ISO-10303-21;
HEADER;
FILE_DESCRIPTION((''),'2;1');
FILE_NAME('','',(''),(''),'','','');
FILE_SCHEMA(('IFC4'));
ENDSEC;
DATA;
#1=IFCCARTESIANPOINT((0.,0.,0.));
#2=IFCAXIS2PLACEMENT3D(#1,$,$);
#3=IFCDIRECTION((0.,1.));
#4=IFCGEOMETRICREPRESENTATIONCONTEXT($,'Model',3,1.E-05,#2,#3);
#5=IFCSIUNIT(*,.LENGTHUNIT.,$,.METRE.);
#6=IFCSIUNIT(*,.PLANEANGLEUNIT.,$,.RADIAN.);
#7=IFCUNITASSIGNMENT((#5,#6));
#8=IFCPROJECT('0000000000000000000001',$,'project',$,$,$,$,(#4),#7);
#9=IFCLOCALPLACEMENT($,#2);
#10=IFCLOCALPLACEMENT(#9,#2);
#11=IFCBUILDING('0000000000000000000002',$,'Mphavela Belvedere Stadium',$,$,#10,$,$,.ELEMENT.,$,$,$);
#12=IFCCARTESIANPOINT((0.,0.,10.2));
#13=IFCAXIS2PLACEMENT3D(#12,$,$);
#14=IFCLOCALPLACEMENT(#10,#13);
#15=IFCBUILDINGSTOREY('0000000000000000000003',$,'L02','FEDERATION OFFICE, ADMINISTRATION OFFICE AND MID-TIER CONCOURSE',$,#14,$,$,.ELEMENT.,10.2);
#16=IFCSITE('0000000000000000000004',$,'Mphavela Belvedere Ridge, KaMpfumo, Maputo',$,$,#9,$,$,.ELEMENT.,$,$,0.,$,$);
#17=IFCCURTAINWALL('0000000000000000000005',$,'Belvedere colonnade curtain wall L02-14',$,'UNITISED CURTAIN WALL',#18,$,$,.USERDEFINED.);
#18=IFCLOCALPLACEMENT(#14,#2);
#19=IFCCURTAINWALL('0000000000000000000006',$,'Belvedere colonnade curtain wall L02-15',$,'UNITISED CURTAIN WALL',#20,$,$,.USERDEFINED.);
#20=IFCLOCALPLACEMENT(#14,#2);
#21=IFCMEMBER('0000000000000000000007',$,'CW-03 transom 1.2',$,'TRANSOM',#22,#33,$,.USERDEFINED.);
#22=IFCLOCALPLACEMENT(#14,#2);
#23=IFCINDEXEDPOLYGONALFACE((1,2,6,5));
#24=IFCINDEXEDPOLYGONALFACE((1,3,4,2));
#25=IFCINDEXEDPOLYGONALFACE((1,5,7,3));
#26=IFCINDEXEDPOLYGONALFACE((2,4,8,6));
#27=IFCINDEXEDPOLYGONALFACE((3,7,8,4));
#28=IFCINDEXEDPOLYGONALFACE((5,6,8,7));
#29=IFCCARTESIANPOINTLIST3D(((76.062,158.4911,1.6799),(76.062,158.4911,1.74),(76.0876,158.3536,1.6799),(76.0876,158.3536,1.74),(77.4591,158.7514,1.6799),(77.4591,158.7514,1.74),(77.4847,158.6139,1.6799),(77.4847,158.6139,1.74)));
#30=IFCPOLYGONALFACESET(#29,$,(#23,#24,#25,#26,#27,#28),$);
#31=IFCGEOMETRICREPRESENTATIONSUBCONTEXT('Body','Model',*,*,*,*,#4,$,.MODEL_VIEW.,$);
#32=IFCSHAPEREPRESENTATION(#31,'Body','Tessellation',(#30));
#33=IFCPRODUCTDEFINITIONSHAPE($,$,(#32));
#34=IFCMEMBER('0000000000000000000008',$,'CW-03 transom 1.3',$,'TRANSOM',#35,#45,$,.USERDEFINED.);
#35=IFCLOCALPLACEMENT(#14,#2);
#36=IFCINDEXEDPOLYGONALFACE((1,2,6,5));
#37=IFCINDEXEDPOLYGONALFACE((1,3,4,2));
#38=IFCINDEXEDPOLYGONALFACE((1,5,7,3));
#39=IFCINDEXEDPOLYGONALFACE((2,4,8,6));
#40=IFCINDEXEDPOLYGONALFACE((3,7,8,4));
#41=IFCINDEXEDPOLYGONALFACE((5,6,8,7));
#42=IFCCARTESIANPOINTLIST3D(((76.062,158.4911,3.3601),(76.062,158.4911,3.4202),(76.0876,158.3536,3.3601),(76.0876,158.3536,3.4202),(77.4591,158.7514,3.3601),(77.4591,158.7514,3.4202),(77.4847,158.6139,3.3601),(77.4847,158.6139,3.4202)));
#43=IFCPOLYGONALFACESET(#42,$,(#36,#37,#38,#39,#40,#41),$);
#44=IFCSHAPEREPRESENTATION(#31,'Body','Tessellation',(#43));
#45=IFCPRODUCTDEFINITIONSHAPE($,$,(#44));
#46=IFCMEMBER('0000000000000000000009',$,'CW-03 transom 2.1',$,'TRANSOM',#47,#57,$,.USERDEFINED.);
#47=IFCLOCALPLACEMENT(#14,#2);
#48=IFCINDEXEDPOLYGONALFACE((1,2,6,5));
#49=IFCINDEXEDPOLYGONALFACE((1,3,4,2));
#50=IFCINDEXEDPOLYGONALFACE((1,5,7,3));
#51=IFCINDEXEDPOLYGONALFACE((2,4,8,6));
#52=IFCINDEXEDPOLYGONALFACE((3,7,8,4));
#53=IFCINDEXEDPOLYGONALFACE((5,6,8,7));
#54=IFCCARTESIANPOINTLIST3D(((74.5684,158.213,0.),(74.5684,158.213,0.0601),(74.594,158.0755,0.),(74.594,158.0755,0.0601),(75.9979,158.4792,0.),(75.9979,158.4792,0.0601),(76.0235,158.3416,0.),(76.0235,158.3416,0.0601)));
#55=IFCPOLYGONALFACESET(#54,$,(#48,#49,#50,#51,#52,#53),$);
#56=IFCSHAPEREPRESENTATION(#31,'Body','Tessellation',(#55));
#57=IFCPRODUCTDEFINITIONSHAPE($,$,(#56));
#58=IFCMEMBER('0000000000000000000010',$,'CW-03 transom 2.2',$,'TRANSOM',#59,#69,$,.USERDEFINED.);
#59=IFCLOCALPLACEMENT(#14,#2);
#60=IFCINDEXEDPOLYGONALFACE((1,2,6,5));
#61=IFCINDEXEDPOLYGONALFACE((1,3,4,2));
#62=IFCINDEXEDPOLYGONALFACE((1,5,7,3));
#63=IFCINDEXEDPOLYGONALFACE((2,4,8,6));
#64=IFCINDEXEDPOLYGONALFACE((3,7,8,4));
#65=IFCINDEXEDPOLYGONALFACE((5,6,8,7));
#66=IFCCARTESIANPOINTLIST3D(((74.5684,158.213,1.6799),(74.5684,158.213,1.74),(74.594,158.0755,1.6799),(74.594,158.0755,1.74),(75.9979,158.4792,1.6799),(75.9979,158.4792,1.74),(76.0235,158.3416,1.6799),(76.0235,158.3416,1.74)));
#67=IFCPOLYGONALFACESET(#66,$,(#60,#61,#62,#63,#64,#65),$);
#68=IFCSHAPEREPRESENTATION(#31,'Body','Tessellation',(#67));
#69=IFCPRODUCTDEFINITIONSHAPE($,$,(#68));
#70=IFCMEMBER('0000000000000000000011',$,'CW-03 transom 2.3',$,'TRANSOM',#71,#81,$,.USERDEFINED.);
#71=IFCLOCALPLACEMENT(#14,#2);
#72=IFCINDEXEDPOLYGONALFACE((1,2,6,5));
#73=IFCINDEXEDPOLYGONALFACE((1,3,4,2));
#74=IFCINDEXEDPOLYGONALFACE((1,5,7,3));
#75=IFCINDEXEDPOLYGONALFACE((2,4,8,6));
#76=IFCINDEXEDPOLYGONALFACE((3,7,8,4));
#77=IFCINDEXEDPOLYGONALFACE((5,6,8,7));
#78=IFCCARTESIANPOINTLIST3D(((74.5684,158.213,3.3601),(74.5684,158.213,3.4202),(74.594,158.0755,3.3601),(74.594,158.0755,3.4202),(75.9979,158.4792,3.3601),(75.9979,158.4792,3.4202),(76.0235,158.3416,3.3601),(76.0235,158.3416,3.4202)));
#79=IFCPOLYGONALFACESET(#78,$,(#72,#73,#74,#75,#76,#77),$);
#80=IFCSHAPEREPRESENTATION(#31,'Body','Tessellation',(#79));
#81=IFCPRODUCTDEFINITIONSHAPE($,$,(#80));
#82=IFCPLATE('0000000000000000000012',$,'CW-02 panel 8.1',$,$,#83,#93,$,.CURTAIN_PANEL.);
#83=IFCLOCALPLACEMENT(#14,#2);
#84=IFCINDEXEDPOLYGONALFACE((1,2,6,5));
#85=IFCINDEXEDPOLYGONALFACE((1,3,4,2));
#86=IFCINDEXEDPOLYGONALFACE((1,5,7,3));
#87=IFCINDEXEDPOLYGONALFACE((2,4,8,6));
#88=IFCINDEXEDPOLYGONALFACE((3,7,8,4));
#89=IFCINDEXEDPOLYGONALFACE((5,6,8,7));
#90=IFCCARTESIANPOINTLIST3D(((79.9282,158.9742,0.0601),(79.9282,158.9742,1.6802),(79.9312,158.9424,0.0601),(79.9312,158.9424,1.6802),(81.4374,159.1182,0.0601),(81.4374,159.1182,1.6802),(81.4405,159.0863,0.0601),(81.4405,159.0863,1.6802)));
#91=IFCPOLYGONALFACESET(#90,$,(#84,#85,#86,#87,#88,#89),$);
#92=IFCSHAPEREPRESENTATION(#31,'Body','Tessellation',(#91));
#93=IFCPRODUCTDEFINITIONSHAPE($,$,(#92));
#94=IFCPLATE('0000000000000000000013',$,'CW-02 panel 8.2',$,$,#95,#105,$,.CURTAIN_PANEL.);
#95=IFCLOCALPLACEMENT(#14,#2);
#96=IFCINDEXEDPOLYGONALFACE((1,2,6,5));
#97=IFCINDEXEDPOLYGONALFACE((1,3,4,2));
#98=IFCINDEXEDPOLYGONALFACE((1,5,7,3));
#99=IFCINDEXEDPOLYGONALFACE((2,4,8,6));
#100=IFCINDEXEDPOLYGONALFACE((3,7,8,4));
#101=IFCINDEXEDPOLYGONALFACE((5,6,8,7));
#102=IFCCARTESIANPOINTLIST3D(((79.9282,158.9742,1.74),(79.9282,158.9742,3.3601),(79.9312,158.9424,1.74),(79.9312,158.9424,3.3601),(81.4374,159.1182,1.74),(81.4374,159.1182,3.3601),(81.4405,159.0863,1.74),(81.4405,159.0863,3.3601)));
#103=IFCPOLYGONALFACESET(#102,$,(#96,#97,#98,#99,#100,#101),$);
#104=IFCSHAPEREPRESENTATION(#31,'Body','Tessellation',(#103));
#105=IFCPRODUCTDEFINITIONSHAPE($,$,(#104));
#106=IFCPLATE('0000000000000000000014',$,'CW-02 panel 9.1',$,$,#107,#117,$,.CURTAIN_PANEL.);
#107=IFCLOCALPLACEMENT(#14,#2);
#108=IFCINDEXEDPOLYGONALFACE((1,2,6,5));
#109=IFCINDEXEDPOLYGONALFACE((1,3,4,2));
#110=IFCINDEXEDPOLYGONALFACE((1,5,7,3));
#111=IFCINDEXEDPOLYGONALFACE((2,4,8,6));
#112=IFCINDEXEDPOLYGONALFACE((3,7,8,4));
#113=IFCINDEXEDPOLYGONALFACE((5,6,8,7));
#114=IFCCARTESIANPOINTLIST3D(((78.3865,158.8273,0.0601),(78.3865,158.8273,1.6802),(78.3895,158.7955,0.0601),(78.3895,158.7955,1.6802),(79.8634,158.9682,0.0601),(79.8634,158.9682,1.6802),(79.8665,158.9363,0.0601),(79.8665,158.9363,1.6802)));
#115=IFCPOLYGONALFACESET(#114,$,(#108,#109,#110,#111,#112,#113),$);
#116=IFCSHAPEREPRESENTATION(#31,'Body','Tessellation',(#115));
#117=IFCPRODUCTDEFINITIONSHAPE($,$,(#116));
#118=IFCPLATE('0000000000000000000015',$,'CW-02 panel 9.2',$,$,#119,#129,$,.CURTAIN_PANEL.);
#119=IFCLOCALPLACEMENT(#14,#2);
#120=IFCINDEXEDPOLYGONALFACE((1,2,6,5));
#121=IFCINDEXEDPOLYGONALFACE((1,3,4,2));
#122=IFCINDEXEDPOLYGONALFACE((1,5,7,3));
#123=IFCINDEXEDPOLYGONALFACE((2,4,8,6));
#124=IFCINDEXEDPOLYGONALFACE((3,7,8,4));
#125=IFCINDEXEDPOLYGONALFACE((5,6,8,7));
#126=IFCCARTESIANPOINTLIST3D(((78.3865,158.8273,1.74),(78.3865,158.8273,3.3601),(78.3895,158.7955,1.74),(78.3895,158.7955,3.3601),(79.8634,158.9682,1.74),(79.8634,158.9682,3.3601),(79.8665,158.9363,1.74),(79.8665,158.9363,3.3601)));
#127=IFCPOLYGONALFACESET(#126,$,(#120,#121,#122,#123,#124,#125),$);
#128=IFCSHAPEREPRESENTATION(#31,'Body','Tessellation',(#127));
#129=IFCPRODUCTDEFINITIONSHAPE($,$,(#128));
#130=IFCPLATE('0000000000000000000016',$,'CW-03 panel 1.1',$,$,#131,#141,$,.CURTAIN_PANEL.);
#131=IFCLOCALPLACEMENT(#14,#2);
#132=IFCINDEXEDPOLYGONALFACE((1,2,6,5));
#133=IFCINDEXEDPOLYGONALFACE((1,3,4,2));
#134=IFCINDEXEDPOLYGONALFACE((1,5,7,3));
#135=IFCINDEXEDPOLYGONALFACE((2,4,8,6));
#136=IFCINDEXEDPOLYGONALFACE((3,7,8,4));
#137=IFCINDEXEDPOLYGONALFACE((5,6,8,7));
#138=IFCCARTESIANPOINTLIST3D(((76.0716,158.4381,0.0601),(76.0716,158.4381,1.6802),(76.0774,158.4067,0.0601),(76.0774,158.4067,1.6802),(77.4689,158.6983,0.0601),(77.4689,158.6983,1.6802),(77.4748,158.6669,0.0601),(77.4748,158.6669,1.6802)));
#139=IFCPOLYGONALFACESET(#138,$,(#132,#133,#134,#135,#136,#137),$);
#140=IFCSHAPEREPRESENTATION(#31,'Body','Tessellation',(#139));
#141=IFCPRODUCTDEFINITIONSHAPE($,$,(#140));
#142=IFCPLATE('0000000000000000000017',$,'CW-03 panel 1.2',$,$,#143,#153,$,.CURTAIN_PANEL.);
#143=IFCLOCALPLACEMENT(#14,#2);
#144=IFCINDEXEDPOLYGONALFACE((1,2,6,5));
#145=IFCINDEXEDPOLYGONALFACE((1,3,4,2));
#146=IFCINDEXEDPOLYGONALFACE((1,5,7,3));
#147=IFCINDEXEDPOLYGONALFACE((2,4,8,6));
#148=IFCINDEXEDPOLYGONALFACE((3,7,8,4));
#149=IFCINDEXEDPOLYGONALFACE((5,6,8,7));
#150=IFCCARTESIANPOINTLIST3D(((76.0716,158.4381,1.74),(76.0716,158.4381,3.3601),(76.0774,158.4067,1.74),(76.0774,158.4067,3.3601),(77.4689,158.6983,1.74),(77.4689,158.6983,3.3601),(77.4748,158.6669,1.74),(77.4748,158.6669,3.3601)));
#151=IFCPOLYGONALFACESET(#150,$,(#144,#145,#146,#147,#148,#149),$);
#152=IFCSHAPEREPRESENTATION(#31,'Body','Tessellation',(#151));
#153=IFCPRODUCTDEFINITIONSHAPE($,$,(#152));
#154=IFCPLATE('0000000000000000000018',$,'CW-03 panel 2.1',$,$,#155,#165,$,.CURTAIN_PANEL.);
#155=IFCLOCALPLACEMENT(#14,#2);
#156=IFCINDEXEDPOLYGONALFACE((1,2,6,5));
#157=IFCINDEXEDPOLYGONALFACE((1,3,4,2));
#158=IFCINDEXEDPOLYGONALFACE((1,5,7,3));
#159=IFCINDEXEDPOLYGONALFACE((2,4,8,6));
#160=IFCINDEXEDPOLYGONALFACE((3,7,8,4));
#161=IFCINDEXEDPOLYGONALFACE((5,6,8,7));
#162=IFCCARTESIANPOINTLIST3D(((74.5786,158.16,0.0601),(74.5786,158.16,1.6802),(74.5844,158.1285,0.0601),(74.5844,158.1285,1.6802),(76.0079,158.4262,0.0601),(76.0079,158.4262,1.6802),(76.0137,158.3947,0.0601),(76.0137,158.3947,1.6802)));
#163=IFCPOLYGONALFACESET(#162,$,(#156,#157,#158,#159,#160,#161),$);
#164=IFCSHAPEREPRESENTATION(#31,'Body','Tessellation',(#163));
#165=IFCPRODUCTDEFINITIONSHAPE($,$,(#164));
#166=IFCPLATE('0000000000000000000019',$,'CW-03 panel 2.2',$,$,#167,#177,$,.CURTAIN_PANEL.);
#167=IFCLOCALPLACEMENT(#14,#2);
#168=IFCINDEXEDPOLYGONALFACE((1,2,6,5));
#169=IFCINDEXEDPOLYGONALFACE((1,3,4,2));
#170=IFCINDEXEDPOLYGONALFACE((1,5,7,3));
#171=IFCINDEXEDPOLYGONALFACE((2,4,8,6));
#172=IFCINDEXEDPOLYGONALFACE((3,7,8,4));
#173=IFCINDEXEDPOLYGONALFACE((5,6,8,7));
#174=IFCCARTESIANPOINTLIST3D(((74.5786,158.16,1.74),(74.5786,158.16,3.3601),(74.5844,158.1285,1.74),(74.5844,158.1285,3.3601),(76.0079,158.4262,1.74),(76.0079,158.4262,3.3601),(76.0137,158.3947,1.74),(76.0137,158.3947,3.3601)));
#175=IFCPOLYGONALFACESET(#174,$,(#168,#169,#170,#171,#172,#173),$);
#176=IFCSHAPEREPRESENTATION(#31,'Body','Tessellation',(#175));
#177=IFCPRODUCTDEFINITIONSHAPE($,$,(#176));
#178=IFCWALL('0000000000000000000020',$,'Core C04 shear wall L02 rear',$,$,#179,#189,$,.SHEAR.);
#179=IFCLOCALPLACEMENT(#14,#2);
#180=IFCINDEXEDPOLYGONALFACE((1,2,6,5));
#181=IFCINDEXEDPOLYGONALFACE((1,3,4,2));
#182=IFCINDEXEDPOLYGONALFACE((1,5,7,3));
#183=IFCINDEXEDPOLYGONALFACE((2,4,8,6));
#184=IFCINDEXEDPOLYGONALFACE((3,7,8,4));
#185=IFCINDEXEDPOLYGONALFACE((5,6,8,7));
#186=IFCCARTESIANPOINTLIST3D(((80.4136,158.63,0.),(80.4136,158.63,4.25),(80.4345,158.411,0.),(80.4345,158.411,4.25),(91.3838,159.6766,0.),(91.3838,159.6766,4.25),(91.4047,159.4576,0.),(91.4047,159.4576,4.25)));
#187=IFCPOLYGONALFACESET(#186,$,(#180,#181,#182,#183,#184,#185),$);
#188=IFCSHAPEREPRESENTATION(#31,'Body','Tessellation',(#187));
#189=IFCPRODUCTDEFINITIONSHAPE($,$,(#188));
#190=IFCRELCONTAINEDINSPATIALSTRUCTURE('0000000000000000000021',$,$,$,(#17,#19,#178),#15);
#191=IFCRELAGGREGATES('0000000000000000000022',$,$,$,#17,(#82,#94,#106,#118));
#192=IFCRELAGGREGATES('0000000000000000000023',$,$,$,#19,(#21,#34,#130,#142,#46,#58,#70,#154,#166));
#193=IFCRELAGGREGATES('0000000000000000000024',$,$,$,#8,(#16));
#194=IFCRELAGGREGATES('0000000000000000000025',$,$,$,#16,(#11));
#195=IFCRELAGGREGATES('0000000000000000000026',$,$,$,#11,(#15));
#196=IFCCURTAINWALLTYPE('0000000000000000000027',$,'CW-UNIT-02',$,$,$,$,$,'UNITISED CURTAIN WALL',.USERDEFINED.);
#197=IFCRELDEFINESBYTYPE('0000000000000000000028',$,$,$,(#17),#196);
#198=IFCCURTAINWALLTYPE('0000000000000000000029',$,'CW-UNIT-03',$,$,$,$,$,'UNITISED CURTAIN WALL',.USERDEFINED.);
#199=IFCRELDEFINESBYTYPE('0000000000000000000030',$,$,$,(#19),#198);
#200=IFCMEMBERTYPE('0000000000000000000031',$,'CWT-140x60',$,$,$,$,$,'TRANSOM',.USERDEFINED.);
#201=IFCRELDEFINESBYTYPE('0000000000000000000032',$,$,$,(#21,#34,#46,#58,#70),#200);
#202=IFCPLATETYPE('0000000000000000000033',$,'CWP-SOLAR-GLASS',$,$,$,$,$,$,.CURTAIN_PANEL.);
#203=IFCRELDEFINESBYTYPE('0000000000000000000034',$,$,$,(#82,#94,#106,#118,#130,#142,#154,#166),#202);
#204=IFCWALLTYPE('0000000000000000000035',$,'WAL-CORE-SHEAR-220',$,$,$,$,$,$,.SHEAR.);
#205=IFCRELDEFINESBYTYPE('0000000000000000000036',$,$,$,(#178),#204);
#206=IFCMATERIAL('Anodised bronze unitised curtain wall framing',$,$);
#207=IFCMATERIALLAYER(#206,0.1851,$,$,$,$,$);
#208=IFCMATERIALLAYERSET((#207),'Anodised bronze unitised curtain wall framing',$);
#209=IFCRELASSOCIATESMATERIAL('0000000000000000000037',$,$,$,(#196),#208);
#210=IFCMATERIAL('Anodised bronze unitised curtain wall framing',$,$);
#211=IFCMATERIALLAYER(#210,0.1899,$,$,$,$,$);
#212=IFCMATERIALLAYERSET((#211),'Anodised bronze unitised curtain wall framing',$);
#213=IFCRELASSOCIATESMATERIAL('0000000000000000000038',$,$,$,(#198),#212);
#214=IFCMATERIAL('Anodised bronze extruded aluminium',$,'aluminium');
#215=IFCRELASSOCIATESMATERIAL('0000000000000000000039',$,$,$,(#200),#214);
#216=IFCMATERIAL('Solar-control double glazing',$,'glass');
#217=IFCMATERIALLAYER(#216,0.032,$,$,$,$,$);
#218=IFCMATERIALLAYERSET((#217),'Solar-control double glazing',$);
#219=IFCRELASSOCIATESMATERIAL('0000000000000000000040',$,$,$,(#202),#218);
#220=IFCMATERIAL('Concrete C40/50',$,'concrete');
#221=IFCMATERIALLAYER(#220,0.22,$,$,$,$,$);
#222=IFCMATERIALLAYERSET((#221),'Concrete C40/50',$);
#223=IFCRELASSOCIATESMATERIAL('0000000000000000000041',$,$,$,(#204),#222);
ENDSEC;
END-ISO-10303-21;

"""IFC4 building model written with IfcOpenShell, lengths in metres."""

from ifc_helpers import new_model, si_unit, direction, frame, frame_2d, origin, origin_2d, place, context, subcontext, project, spatial, rectangle, extrude, material, layer, layer_set, material_profile, profile_set, type_object, element, aggregate, save


model = new_model("IFC4")

# Units and contexts
model_context = context("Model", 3, precision=1e-05, world=origin(), true_north=direction((0.0, 1.0)))
body_context = subcontext(model_context, "Body", "Model", "MODEL_VIEW")
ifc_project = project(units=[si_unit("LENGTHUNIT", "METRE"), si_unit("PLANEANGLEUNIT", "RADIAN")], contexts=[model_context])

# Site, building, storey
site_placement = place(None, origin())
site = spatial("IfcSite", under=ifc_project, at=site_placement, Name="Mphavela Belvedere Ridge, KaMpfumo, Maputo", CompositionType="ELEMENT", RefElevation=0.0)
building_placement = place(site_placement, origin())
building = spatial("IfcBuilding", under=site, at=building_placement, Name="Mphavela Belvedere Stadium", CompositionType="ELEMENT")
storey_placement = place(building_placement, frame((0.0, 0.0, 10.2)))
storey = spatial("IfcBuildingStorey", under=building, at=storey_placement, Name="L02", Description="FEDERATION OFFICE, ADMINISTRATION OFFICE AND MID-TIER CONCOURSE", CompositionType="ELEMENT", Elevation=10.2)

# Curtain walls
ifc_material_1 = material(Name="Anodised bronze unitised curtain wall framing")
ifc_layer_1 = layer(ifc_material_1, 0.1851)
ifc_layer_set_1 = layer_set([ifc_layer_1], Name="Anodised bronze unitised curtain wall framing")
curtain_wall_type_1 = type_object("IfcCurtainWallType", Name="CW-UNIT-02", ElementType="UNITISED CURTAIN WALL", PredefinedType="USERDEFINED", material=ifc_layer_set_1)
curtain_wall_1_placement = place(storey_placement, origin())
curtain_wall_1 = element("IfcCurtainWall", 1, at=curtain_wall_1_placement, inside=storey, type_object=curtain_wall_type_1, Name="Belvedere colonnade curtain wall L02-14", ObjectType="UNITISED CURTAIN WALL", PredefinedType="USERDEFINED")
ifc_material_2 = material(Name="Anodised bronze unitised curtain wall framing")
ifc_layer_2 = layer(ifc_material_2, 0.1899)
ifc_layer_set_2 = layer_set([ifc_layer_2], Name="Anodised bronze unitised curtain wall framing")
curtain_wall_type_2 = type_object("IfcCurtainWallType", Name="CW-UNIT-03", ElementType="UNITISED CURTAIN WALL", PredefinedType="USERDEFINED", material=ifc_layer_set_2)
curtain_wall_2_placement = place(storey_placement, origin())
curtain_wall_2 = element("IfcCurtainWall", 2, at=curtain_wall_2_placement, inside=storey, type_object=curtain_wall_type_2, Name="Belvedere colonnade curtain wall L02-15", ObjectType="UNITISED CURTAIN WALL", PredefinedType="USERDEFINED")

# Members
ifc_material_3 = material(Name="Anodised bronze extruded aluminium", Category="aluminium")
ifc_material_profile_1 = material_profile(ifc_material_3, rectangle(XDim=0.1399, YDim=0.0601, at=origin_2d()), Name="CW-TRN 140x60")
ifc_profile_set_1 = profile_set([ifc_material_profile_1], Name="Anodised bronze extruded aluminium")
member_type_1 = type_object("IfcMemberType", Name="CWT-140x60", ElementType="TRANSOM", PredefinedType="USERDEFINED", material=ifc_profile_set_1)
member_1_placement = place(storey_placement, frame((77.4719, 158.6826, 1.71), z_axis=(-0.983091, -0.183116, 0.0), x_axis=(0.183116, -0.983091, 0.0)))
member_1 = element("IfcMember", 3, at=member_1_placement, type_object=member_type_1, Name="CW-03 transom 1.2", ObjectType="TRANSOM", PredefinedType="USERDEFINED", context=body_context, shape_type="SweptSolid", body=[
    extrude(rectangle(XDim=0.1399, YDim=0.0601, at=origin_2d()), origin(), (0.0, 0.0, 1.0), 1.4211),
])
member_2_placement = place(storey_placement, frame((77.4719, 158.6826, 3.3901), z_axis=(-0.983091, -0.183116, 0.0), x_axis=(0.183116, -0.983091, 0.0)))
member_2 = element("IfcMember", 4, at=member_2_placement, type_object=member_type_1, Name="CW-03 transom 1.3", ObjectType="TRANSOM", PredefinedType="USERDEFINED", context=body_context, shape_type="SweptSolid", body=[
    extrude(rectangle(XDim=0.1399, YDim=0.0601, at=origin_2d()), origin(), (0.0, 0.0, 1.0), 1.4211),
])
member_3_placement = place(storey_placement, frame((76.0107, 158.4104, 0.03), z_axis=(-0.983109, -0.183021, 0.0), x_axis=(0.183021, -0.983109, 0.0)))
member_3 = element("IfcMember", 5, at=member_3_placement, type_object=member_type_1, Name="CW-03 transom 2.1", ObjectType="TRANSOM", PredefinedType="USERDEFINED", context=body_context, shape_type="SweptSolid", body=[
    extrude(rectangle(XDim=0.1399, YDim=0.0601, at=origin_2d()), origin(), (0.0, 0.0, 1.0), 1.4541),
])
member_4_placement = place(storey_placement, frame((76.0107, 158.4104, 1.71), z_axis=(-0.983109, -0.183021, 0.0), x_axis=(0.183021, -0.983109, 0.0)))
member_4 = element("IfcMember", 6, at=member_4_placement, type_object=member_type_1, Name="CW-03 transom 2.2", ObjectType="TRANSOM", PredefinedType="USERDEFINED", context=body_context, shape_type="SweptSolid", body=[
    extrude(rectangle(XDim=0.1399, YDim=0.0601, at=origin_2d()), origin(), (0.0, 0.0, 1.0), 1.4541),
])
member_5_placement = place(storey_placement, frame((76.0107, 158.4104, 3.3901), z_axis=(-0.983109, -0.183021, 0.0), x_axis=(0.183021, -0.983109, 0.0)))
member_5 = element("IfcMember", 7, at=member_5_placement, type_object=member_type_1, Name="CW-03 transom 2.3", ObjectType="TRANSOM", PredefinedType="USERDEFINED", context=body_context, shape_type="SweptSolid", body=[
    extrude(rectangle(XDim=0.1399, YDim=0.0601, at=origin_2d()), origin(), (0.0, 0.0, 1.0), 1.4541),
])

# Plates
ifc_material_4 = material(Name="Solar-control double glazing", Category="glass")
ifc_layer_3 = layer(ifc_material_4, 0.032)
ifc_layer_set_3 = layer_set([ifc_layer_3], Name="Solar-control double glazing")
plate_type = type_object("IfcPlateType", Name="CWP-SOLAR-GLASS", PredefinedType="CURTAIN_PANEL", material=ifc_layer_set_3)
plate_1_placement = place(storey_placement, frame((80.6843, 159.0303, 0.0601), z_axis=(0.0, 0.0, 1.0), x_axis=(-0.995484, -0.094926, 0.0)))
plate_1 = element("IfcPlate", 8, at=plate_1_placement, type_object=plate_type, Name="CW-02 panel 8.1", PredefinedType="CURTAIN_PANEL", context=body_context, shape_type="SweptSolid", body=[
    extrude(rectangle(XDim=1.5161, YDim=0.032, at=origin_2d()), origin(), (0.0, 0.0, 1.0), 1.6201),
])
plate_2_placement = place(storey_placement, frame((80.6843, 159.0303, 1.74), z_axis=(0.0, 0.0, 1.0), x_axis=(-0.995484, -0.094926, 0.0)))
plate_2 = element("IfcPlate", 9, at=plate_2_placement, type_object=plate_type, Name="CW-02 panel 8.2", PredefinedType="CURTAIN_PANEL", context=body_context, shape_type="SweptSolid", body=[
    extrude(rectangle(XDim=1.5161, YDim=0.032, at=origin_2d()), origin(), (0.0, 0.0, 1.0), 1.6201),
])
plate_3_placement = place(storey_placement, frame((79.1265, 158.8818, 0.0601), z_axis=(0.0, 0.0, 1.0), x_axis=(-0.995484, -0.094926, 0.0)))
plate_3 = element("IfcPlate", 10, at=plate_3_placement, type_object=plate_type, Name="CW-02 panel 9.1", PredefinedType="CURTAIN_PANEL", context=body_context, shape_type="SweptSolid", body=[
    extrude(rectangle(XDim=1.4836, YDim=0.032, at=origin_2d()), origin(), (0.0, 0.0, 1.0), 1.6201),
])
plate_4_placement = place(storey_placement, frame((79.1265, 158.8818, 1.74), z_axis=(0.0, 0.0, 1.0), x_axis=(-0.995484, -0.094926, 0.0)))
plate_4 = element("IfcPlate", 11, at=plate_4_placement, type_object=plate_type, Name="CW-02 panel 9.2", PredefinedType="CURTAIN_PANEL", context=body_context, shape_type="SweptSolid", body=[
    extrude(rectangle(XDim=1.4836, YDim=0.032, at=origin_2d()), origin(), (0.0, 0.0, 1.0), 1.6201),
])
aggregate(curtain_wall_1, [plate_1, plate_2, plate_3, plate_4])
plate_5_placement = place(storey_placement, frame((76.7732, 158.5525, 0.0601), z_axis=(0.0, 0.0, 1.0), x_axis=(-0.983097, -0.183085, 0.0)))
plate_5 = element("IfcPlate", 12, at=plate_5_placement, type_object=plate_type, Name="CW-03 panel 1.1", PredefinedType="CURTAIN_PANEL", context=body_context, shape_type="SweptSolid", body=[
    extrude(rectangle(XDim=1.4214, YDim=0.032, at=origin_2d()), origin(), (0.0, 0.0, 1.0), 1.6201),
])
plate_6_placement = place(storey_placement, frame((76.7732, 158.5525, 1.74), z_axis=(0.0, 0.0, 1.0), x_axis=(-0.983097, -0.183085, 0.0)))
plate_6 = element("IfcPlate", 13, at=plate_6_placement, type_object=plate_type, Name="CW-03 panel 1.2", PredefinedType="CURTAIN_PANEL", context=body_context, shape_type="SweptSolid", body=[
    extrude(rectangle(XDim=1.4214, YDim=0.032, at=origin_2d()), origin(), (0.0, 0.0, 1.0), 1.6201),
])
plate_7_placement = place(storey_placement, frame((75.2961, 158.2773, 0.0601), z_axis=(0.0, 0.0, 1.0), x_axis=(-0.983097, -0.183085, 0.0)))
plate_7 = element("IfcPlate", 14, at=plate_7_placement, type_object=plate_type, Name="CW-03 panel 2.1", PredefinedType="CURTAIN_PANEL", context=body_context, shape_type="SweptSolid", body=[
    extrude(rectangle(XDim=1.4539, YDim=0.032, at=origin_2d()), origin(), (0.0, 0.0, 1.0), 1.6201),
])
plate_8_placement = place(storey_placement, frame((75.2961, 158.2773, 1.74), z_axis=(0.0, 0.0, 1.0), x_axis=(-0.983097, -0.183085, 0.0)))
plate_8 = element("IfcPlate", 15, at=plate_8_placement, type_object=plate_type, Name="CW-03 panel 2.2", PredefinedType="CURTAIN_PANEL", context=body_context, shape_type="SweptSolid", body=[
    extrude(rectangle(XDim=1.4539, YDim=0.032, at=origin_2d()), origin(), (0.0, 0.0, 1.0), 1.6201),
])
aggregate(curtain_wall_2, [member_1, member_2, plate_5, plate_6, member_3, member_4, member_5, plate_7, plate_8])

# Wall
ifc_material_5 = material(Name="Concrete C40/50", Category="concrete")
ifc_layer_4 = layer(ifc_material_5, 0.22)
ifc_layer_set_4 = layer_set([ifc_layer_4], Name="Concrete C40/50")
wall_type = type_object("IfcWallType", Name="WAL-CORE-SHEAR-220", PredefinedType="SHEAR", material=ifc_layer_set_4)
wall_placement = place(storey_placement, frame((80.4241, 158.5205, 0.0), z_axis=(0.0, 0.0, 1.0), x_axis=(0.99548, 0.094975, 0.0)))
element("IfcWall", 16, at=wall_placement, inside=storey, type_object=wall_type, Name="Core C04 shear wall L02 rear", PredefinedType="SHEAR", context=body_context, shape_type="SweptSolid", body=[
    extrude(rectangle(XDim=11.02, YDim=0.22, at=frame_2d((5.51, 0.0))), origin(), (0.0, 0.0, 1.0), 4.25),
])

save(model, "model.ifc")
